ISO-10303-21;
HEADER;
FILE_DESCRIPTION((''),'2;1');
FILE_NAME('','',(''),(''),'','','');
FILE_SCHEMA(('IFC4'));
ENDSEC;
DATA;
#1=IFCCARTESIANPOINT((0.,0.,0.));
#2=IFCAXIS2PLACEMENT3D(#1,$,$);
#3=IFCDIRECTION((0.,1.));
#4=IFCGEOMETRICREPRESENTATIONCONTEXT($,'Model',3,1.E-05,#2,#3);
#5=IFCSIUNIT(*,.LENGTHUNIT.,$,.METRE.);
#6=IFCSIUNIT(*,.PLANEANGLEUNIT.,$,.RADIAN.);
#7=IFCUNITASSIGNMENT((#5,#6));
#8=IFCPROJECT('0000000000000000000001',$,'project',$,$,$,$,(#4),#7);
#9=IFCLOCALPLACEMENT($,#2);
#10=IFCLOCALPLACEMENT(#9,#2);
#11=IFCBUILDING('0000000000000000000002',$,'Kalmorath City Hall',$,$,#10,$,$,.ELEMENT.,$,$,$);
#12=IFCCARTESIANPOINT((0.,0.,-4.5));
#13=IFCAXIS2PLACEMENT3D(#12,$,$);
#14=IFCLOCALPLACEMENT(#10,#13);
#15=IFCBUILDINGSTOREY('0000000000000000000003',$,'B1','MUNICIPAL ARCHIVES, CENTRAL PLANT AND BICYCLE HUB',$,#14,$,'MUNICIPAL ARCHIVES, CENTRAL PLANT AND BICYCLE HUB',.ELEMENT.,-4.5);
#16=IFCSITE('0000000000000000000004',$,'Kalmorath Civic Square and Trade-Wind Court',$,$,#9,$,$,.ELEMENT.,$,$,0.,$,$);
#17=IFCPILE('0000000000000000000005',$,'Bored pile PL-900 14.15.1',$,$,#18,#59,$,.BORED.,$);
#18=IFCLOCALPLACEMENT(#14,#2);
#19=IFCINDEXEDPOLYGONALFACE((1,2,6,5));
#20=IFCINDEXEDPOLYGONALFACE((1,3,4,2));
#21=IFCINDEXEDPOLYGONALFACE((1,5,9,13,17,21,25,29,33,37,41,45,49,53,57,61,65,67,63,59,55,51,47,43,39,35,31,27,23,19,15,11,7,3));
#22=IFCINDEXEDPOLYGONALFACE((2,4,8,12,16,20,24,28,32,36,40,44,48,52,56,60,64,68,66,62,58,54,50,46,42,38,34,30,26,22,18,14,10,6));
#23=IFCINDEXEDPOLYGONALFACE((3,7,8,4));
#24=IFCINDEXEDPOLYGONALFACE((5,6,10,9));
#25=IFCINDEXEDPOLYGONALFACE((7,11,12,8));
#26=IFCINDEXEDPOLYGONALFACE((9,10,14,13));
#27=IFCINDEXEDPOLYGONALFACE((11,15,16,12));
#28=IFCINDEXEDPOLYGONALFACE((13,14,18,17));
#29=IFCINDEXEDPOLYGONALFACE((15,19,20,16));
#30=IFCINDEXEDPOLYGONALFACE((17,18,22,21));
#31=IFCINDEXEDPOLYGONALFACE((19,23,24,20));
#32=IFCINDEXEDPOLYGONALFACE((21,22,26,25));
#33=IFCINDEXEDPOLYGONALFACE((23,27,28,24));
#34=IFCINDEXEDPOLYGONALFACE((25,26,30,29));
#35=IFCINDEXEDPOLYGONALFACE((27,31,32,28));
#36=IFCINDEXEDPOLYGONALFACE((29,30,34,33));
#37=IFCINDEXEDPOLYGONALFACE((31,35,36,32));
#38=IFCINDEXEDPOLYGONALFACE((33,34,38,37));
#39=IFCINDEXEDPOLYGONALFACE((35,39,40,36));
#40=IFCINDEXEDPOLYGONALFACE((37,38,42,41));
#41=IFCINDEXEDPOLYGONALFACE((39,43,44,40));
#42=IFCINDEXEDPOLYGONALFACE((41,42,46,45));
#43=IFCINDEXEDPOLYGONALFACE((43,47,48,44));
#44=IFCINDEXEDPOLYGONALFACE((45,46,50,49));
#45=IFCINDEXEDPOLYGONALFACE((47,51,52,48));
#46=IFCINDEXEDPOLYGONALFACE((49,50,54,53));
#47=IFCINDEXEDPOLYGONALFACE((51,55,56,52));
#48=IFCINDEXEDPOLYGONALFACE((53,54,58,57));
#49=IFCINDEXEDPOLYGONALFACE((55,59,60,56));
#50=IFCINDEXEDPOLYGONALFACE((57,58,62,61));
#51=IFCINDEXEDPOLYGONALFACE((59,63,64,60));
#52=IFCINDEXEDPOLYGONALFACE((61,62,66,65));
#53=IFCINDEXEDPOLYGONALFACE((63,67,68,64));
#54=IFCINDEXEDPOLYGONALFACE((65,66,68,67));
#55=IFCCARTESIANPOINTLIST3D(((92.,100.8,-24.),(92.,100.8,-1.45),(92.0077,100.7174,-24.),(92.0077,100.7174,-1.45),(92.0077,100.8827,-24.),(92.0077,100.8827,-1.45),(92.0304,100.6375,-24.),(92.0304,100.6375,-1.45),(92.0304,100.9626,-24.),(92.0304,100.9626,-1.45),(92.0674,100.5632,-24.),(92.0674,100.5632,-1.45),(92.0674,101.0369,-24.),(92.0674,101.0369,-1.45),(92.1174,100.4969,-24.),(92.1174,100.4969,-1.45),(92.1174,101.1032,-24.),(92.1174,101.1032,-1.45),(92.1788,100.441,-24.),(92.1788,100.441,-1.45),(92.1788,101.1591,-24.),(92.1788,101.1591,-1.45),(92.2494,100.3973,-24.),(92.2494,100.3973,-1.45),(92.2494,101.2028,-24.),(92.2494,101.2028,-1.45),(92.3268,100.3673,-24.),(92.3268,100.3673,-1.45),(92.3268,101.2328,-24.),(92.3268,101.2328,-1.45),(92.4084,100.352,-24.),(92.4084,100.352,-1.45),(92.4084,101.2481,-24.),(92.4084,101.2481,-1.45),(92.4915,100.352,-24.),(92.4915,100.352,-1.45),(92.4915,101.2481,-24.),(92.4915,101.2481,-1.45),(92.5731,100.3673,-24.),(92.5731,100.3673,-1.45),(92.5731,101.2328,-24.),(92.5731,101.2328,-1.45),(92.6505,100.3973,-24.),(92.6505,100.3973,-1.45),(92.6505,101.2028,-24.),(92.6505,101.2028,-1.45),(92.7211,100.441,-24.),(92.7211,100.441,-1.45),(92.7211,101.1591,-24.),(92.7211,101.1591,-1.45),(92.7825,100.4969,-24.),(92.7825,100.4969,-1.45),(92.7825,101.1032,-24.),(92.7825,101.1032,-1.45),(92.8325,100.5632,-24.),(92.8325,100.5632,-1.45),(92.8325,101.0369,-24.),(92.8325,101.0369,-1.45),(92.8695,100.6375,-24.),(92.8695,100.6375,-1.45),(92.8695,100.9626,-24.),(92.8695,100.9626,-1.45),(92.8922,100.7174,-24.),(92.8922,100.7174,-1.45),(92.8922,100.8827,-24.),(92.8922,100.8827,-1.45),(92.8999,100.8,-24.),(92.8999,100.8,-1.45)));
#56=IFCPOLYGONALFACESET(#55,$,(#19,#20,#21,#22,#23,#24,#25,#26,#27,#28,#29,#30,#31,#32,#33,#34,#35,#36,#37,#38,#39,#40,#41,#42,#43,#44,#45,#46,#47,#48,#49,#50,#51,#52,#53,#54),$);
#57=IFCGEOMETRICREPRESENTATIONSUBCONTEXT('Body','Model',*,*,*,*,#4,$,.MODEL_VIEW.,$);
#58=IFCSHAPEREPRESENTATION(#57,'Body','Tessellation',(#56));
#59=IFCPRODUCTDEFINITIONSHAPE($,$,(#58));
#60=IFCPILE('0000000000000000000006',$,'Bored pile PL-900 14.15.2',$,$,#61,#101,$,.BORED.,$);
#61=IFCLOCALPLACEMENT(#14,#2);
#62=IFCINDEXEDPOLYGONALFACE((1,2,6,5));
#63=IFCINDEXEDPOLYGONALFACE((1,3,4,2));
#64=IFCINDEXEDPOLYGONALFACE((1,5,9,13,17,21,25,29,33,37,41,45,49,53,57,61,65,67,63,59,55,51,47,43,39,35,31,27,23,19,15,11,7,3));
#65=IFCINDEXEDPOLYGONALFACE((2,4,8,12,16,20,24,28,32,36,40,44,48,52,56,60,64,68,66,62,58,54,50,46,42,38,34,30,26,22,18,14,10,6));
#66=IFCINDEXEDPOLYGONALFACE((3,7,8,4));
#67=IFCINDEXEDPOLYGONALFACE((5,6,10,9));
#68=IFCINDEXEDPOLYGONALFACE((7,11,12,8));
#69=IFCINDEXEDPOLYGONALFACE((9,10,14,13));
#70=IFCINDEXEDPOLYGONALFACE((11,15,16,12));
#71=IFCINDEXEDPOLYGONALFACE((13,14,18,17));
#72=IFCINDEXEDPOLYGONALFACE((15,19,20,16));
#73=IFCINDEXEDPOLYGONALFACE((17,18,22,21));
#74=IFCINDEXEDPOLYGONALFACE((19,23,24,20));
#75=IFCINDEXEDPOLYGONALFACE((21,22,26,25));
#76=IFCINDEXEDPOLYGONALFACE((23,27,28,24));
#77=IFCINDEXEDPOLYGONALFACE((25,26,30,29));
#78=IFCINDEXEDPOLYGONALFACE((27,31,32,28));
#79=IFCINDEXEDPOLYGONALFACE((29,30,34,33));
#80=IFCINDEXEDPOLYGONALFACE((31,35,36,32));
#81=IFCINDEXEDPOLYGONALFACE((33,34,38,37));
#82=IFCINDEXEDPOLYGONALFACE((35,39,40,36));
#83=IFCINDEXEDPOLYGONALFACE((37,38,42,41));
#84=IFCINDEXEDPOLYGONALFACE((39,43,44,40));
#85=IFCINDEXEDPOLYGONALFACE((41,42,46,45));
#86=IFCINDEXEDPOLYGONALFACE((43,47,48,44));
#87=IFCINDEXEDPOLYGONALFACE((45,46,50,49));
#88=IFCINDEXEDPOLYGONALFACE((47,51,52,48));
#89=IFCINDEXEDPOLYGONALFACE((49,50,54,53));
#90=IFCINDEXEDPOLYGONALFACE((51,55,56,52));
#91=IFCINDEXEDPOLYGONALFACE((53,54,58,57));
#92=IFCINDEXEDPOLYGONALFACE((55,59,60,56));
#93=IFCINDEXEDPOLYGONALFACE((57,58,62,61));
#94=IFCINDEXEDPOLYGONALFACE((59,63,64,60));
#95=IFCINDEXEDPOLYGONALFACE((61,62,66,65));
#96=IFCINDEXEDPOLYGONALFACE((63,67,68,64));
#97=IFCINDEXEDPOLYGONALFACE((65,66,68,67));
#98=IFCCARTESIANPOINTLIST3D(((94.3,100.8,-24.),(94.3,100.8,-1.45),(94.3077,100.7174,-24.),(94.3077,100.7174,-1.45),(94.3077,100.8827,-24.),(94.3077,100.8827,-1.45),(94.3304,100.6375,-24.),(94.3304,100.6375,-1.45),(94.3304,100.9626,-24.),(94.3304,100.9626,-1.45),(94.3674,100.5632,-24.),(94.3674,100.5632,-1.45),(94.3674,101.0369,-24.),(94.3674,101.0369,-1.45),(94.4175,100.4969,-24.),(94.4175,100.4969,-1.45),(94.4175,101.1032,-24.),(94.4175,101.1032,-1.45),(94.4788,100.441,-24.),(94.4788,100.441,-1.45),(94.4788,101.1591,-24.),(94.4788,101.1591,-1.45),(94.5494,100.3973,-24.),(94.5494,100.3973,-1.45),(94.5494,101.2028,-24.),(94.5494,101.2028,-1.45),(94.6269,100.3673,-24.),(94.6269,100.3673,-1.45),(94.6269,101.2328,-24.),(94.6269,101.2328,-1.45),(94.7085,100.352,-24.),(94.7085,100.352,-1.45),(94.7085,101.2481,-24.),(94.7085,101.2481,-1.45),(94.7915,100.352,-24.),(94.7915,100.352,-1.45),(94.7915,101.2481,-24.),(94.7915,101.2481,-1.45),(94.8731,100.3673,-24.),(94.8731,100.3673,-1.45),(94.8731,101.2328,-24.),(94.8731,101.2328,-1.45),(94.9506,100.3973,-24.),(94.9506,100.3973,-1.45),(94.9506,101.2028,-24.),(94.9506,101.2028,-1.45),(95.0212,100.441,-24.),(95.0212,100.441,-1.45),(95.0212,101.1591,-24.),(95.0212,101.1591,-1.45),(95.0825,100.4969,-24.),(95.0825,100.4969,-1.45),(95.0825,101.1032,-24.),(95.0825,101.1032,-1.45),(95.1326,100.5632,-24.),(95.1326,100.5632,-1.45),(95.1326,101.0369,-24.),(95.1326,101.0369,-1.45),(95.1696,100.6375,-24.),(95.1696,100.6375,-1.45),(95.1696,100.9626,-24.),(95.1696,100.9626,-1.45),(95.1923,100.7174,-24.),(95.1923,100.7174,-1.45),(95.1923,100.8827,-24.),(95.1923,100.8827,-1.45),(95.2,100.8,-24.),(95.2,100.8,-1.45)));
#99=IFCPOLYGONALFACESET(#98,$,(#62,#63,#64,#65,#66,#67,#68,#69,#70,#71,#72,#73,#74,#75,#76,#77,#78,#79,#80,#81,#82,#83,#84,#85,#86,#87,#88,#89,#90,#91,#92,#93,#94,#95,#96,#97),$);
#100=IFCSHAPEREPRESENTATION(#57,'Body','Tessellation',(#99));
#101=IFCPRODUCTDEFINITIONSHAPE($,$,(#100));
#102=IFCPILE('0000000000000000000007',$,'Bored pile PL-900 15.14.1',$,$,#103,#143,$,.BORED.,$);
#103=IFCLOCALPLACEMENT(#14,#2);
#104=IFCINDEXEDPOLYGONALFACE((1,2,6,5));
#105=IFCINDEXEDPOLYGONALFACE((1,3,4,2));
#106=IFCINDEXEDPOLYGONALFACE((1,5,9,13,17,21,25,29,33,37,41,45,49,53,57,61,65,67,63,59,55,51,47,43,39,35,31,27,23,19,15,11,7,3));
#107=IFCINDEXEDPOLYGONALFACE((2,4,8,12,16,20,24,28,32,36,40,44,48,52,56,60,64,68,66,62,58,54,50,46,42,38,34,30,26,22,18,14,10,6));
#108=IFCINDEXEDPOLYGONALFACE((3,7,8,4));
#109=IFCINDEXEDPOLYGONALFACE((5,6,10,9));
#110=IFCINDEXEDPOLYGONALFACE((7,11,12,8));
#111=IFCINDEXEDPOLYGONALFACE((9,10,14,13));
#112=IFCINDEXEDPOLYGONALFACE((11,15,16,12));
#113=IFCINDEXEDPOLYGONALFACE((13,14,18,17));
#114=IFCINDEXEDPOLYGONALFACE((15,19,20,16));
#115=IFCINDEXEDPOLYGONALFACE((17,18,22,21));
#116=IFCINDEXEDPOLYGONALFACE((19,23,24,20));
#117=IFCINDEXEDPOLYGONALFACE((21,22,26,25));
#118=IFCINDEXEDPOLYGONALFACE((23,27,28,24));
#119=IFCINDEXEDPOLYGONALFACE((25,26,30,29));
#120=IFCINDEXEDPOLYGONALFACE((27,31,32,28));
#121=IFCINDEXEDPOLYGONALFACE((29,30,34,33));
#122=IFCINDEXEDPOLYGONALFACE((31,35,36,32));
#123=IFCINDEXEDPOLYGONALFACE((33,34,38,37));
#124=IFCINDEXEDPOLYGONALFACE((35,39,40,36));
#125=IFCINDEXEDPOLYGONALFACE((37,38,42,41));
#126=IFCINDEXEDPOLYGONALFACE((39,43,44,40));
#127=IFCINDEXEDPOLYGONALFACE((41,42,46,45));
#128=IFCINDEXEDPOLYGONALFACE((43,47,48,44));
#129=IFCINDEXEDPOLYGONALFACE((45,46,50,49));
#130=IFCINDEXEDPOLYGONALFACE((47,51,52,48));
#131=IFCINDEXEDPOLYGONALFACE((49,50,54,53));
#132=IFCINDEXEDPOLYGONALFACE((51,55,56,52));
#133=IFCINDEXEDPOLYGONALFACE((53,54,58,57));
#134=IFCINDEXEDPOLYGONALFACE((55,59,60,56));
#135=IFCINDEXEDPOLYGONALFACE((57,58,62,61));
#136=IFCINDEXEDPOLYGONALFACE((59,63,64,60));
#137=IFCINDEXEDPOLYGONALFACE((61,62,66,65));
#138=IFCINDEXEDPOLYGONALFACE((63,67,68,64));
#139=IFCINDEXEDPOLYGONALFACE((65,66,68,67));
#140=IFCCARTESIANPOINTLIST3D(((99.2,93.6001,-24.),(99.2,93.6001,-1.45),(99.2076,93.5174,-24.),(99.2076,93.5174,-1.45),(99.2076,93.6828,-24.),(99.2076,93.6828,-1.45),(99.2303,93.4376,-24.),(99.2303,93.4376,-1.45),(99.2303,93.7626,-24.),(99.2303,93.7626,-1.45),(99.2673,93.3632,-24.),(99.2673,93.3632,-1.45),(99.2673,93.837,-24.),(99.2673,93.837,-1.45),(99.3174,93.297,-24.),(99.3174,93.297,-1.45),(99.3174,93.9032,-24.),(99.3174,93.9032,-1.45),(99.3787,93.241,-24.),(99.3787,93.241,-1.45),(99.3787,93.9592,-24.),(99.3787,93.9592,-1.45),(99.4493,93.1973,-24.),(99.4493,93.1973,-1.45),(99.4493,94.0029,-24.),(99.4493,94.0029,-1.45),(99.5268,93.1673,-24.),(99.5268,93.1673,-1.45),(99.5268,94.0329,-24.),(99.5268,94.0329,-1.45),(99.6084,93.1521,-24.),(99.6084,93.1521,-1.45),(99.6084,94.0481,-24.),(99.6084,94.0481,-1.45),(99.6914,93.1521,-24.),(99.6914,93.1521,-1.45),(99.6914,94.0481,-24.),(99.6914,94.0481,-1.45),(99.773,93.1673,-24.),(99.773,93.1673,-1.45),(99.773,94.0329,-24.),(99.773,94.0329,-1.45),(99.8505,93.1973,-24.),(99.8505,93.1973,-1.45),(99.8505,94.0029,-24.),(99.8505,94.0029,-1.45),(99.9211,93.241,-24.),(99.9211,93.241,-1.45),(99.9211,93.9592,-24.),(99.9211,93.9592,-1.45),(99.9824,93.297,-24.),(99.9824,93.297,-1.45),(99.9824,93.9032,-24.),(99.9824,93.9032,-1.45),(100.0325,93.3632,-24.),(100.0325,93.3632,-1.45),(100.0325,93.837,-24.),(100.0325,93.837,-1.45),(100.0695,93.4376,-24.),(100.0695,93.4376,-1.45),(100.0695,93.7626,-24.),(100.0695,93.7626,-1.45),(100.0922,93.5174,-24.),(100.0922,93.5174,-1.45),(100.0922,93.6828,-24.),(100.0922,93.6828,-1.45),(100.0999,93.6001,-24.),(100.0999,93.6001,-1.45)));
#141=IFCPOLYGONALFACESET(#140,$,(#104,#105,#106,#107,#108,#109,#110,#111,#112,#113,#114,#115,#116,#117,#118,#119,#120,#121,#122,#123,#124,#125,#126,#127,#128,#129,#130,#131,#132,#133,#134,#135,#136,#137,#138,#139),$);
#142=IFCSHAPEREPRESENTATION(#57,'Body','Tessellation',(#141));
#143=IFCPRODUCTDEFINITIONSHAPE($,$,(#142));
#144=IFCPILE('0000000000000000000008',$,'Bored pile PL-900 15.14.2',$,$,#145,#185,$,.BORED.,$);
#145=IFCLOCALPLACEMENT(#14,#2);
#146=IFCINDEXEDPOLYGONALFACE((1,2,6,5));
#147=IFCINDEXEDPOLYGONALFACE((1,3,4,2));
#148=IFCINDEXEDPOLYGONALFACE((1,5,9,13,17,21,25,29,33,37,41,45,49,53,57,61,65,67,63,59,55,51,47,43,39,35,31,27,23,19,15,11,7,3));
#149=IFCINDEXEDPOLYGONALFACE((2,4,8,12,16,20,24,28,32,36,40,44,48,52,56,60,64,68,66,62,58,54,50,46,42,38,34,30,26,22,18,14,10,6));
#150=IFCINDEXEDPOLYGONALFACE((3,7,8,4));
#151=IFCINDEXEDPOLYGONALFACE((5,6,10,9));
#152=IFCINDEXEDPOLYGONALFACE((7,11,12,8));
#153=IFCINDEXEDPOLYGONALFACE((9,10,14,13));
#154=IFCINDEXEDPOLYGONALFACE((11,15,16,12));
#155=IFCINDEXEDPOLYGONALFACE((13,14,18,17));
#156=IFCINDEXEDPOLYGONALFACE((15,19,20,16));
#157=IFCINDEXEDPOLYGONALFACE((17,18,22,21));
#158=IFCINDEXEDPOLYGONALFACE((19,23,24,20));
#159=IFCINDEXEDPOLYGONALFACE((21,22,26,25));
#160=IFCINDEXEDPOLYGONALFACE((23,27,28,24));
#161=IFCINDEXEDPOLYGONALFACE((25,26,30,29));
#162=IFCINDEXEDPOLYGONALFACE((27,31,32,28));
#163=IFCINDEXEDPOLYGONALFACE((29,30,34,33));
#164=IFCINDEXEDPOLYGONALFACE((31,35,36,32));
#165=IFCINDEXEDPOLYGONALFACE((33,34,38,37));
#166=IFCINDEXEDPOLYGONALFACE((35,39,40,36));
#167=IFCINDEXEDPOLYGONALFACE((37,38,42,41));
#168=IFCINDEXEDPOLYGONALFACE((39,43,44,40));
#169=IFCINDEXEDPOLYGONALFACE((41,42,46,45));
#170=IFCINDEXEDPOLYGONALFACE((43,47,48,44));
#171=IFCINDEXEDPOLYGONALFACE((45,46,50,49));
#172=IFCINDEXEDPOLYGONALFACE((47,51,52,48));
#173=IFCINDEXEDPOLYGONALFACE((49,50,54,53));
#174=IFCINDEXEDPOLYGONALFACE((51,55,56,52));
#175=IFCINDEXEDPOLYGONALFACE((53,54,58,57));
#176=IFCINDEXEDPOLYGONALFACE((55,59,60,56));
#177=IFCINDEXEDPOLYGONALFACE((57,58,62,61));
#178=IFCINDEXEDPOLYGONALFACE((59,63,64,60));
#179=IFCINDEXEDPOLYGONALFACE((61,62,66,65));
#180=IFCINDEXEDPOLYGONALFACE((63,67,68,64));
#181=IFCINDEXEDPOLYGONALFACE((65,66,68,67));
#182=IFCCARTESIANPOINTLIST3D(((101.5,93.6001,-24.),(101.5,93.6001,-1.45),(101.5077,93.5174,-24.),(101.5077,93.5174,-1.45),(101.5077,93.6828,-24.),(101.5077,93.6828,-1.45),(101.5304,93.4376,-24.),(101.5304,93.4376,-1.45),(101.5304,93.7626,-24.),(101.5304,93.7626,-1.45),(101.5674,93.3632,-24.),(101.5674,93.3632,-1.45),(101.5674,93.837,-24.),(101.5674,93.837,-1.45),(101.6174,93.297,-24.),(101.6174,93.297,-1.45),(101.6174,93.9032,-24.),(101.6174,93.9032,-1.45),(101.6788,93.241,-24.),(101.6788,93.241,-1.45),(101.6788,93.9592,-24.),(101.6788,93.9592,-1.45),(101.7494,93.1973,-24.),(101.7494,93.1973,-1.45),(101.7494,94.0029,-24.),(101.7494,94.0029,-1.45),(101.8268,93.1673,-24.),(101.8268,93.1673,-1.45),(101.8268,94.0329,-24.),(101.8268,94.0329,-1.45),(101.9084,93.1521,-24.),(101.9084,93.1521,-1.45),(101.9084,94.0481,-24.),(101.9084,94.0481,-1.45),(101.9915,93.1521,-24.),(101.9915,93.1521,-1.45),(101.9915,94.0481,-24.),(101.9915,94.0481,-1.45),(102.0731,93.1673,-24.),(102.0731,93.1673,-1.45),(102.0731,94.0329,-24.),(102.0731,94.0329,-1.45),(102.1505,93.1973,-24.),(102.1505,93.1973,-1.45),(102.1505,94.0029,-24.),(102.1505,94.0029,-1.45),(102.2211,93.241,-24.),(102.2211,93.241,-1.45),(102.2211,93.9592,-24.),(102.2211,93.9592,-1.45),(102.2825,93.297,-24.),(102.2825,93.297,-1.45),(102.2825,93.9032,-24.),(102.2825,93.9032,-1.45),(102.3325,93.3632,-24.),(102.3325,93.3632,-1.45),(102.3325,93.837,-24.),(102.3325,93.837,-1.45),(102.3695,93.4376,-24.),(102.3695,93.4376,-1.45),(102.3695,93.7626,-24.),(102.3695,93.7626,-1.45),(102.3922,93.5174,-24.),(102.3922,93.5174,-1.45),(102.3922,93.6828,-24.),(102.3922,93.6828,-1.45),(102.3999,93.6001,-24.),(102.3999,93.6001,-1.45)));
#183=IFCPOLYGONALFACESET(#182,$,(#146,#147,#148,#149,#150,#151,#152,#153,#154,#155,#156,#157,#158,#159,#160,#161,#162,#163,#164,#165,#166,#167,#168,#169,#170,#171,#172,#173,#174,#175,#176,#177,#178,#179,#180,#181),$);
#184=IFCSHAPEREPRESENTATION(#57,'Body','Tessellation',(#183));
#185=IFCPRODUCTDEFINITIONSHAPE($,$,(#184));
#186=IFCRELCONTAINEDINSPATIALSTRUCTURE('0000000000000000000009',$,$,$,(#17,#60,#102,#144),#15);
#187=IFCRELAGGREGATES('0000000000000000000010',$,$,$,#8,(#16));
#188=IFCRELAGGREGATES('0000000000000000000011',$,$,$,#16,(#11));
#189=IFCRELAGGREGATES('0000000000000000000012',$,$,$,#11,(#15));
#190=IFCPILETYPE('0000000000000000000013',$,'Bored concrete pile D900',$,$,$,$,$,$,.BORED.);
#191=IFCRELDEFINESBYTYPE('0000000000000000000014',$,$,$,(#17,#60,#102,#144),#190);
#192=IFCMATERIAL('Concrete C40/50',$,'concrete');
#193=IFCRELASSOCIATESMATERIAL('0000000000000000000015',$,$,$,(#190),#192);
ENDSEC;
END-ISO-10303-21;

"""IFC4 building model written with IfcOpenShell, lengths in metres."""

from ifc_helpers import new_model, si_unit, direction, frame, origin, origin_2d, place, context, subcontext, project, spatial, circle, extrude, material, material_profile, profile_set, type_object, element, save


model = new_model("IFC4")

# Units and contexts
model_context = context("Model", 3, precision=1e-05, world=origin(), true_north=direction((0.0, 1.0)))
body_context = subcontext(model_context, "Body", "Model", "MODEL_VIEW")
ifc_project = project(units=[si_unit("LENGTHUNIT", "METRE"), si_unit("PLANEANGLEUNIT", "RADIAN")], contexts=[model_context])

# Site, building, storey
site_placement = place(None, origin())
site = spatial("IfcSite", under=ifc_project, at=site_placement, Name="Kalmorath Civic Square and Trade-Wind Court", CompositionType="ELEMENT", RefElevation=0.0)
building_placement = place(site_placement, origin())
building = spatial("IfcBuilding", under=site, at=building_placement, Name="Kalmorath City Hall", CompositionType="ELEMENT")
storey_placement = place(building_placement, frame((0.0, 0.0, -4.5)))
storey = spatial("IfcBuildingStorey", under=building, at=storey_placement, Name="B1", Description="MUNICIPAL ARCHIVES, CENTRAL PLANT AND BICYCLE HUB", LongName="MUNICIPAL ARCHIVES, CENTRAL PLANT AND BICYCLE HUB", CompositionType="ELEMENT", Elevation=-4.5)

# Piles
ifc_material_1 = material(Name="Concrete C40/50", Category="concrete")
ifc_material_profile_1 = material_profile(ifc_material_1, circle(Radius=0.45, at=origin_2d()), Name="PILE-D900")
ifc_profile_set_1 = profile_set([ifc_material_profile_1], Name="Concrete C40/50")
pile_type = type_object("IfcPileType", Name="Bored concrete pile D900", PredefinedType="BORED", material=ifc_profile_set_1)
for number, where, z_axis, x_axis, name in (
    (1, (92.45, 100.8, -1.45), (0.0, 0.0, -1.0), (1.0, 0.0, 0.0), "Bored pile PL-900 14.15.1"),
    (2, (94.75, 100.8, -1.45), (0.0, 0.0, -1.0), (1.0, 0.0, 0.0), "Bored pile PL-900 14.15.2"),
    (3, (99.6499, 93.6001, -1.45), (0.0, 0.0, -1.0), (1.0, 0.0, 0.0), "Bored pile PL-900 15.14.1"),
    (4, (101.95, 93.6001, -1.45), (0.0, 0.0, -1.0), (1.0, 0.0, 0.0), "Bored pile PL-900 15.14.2"),
):
    element("IfcPile", number, at=place(storey_placement, frame(where, z_axis=z_axis, x_axis=x_axis)), inside=storey, type_object=pile_type, Name=name, PredefinedType="BORED", context=body_context, shape_type="SweptSolid", body=[
        extrude(circle(Radius=0.45, at=origin_2d()), origin(), (0.0, 0.0, 1.0), 22.55),
    ])

save(model, "model.ifc")
